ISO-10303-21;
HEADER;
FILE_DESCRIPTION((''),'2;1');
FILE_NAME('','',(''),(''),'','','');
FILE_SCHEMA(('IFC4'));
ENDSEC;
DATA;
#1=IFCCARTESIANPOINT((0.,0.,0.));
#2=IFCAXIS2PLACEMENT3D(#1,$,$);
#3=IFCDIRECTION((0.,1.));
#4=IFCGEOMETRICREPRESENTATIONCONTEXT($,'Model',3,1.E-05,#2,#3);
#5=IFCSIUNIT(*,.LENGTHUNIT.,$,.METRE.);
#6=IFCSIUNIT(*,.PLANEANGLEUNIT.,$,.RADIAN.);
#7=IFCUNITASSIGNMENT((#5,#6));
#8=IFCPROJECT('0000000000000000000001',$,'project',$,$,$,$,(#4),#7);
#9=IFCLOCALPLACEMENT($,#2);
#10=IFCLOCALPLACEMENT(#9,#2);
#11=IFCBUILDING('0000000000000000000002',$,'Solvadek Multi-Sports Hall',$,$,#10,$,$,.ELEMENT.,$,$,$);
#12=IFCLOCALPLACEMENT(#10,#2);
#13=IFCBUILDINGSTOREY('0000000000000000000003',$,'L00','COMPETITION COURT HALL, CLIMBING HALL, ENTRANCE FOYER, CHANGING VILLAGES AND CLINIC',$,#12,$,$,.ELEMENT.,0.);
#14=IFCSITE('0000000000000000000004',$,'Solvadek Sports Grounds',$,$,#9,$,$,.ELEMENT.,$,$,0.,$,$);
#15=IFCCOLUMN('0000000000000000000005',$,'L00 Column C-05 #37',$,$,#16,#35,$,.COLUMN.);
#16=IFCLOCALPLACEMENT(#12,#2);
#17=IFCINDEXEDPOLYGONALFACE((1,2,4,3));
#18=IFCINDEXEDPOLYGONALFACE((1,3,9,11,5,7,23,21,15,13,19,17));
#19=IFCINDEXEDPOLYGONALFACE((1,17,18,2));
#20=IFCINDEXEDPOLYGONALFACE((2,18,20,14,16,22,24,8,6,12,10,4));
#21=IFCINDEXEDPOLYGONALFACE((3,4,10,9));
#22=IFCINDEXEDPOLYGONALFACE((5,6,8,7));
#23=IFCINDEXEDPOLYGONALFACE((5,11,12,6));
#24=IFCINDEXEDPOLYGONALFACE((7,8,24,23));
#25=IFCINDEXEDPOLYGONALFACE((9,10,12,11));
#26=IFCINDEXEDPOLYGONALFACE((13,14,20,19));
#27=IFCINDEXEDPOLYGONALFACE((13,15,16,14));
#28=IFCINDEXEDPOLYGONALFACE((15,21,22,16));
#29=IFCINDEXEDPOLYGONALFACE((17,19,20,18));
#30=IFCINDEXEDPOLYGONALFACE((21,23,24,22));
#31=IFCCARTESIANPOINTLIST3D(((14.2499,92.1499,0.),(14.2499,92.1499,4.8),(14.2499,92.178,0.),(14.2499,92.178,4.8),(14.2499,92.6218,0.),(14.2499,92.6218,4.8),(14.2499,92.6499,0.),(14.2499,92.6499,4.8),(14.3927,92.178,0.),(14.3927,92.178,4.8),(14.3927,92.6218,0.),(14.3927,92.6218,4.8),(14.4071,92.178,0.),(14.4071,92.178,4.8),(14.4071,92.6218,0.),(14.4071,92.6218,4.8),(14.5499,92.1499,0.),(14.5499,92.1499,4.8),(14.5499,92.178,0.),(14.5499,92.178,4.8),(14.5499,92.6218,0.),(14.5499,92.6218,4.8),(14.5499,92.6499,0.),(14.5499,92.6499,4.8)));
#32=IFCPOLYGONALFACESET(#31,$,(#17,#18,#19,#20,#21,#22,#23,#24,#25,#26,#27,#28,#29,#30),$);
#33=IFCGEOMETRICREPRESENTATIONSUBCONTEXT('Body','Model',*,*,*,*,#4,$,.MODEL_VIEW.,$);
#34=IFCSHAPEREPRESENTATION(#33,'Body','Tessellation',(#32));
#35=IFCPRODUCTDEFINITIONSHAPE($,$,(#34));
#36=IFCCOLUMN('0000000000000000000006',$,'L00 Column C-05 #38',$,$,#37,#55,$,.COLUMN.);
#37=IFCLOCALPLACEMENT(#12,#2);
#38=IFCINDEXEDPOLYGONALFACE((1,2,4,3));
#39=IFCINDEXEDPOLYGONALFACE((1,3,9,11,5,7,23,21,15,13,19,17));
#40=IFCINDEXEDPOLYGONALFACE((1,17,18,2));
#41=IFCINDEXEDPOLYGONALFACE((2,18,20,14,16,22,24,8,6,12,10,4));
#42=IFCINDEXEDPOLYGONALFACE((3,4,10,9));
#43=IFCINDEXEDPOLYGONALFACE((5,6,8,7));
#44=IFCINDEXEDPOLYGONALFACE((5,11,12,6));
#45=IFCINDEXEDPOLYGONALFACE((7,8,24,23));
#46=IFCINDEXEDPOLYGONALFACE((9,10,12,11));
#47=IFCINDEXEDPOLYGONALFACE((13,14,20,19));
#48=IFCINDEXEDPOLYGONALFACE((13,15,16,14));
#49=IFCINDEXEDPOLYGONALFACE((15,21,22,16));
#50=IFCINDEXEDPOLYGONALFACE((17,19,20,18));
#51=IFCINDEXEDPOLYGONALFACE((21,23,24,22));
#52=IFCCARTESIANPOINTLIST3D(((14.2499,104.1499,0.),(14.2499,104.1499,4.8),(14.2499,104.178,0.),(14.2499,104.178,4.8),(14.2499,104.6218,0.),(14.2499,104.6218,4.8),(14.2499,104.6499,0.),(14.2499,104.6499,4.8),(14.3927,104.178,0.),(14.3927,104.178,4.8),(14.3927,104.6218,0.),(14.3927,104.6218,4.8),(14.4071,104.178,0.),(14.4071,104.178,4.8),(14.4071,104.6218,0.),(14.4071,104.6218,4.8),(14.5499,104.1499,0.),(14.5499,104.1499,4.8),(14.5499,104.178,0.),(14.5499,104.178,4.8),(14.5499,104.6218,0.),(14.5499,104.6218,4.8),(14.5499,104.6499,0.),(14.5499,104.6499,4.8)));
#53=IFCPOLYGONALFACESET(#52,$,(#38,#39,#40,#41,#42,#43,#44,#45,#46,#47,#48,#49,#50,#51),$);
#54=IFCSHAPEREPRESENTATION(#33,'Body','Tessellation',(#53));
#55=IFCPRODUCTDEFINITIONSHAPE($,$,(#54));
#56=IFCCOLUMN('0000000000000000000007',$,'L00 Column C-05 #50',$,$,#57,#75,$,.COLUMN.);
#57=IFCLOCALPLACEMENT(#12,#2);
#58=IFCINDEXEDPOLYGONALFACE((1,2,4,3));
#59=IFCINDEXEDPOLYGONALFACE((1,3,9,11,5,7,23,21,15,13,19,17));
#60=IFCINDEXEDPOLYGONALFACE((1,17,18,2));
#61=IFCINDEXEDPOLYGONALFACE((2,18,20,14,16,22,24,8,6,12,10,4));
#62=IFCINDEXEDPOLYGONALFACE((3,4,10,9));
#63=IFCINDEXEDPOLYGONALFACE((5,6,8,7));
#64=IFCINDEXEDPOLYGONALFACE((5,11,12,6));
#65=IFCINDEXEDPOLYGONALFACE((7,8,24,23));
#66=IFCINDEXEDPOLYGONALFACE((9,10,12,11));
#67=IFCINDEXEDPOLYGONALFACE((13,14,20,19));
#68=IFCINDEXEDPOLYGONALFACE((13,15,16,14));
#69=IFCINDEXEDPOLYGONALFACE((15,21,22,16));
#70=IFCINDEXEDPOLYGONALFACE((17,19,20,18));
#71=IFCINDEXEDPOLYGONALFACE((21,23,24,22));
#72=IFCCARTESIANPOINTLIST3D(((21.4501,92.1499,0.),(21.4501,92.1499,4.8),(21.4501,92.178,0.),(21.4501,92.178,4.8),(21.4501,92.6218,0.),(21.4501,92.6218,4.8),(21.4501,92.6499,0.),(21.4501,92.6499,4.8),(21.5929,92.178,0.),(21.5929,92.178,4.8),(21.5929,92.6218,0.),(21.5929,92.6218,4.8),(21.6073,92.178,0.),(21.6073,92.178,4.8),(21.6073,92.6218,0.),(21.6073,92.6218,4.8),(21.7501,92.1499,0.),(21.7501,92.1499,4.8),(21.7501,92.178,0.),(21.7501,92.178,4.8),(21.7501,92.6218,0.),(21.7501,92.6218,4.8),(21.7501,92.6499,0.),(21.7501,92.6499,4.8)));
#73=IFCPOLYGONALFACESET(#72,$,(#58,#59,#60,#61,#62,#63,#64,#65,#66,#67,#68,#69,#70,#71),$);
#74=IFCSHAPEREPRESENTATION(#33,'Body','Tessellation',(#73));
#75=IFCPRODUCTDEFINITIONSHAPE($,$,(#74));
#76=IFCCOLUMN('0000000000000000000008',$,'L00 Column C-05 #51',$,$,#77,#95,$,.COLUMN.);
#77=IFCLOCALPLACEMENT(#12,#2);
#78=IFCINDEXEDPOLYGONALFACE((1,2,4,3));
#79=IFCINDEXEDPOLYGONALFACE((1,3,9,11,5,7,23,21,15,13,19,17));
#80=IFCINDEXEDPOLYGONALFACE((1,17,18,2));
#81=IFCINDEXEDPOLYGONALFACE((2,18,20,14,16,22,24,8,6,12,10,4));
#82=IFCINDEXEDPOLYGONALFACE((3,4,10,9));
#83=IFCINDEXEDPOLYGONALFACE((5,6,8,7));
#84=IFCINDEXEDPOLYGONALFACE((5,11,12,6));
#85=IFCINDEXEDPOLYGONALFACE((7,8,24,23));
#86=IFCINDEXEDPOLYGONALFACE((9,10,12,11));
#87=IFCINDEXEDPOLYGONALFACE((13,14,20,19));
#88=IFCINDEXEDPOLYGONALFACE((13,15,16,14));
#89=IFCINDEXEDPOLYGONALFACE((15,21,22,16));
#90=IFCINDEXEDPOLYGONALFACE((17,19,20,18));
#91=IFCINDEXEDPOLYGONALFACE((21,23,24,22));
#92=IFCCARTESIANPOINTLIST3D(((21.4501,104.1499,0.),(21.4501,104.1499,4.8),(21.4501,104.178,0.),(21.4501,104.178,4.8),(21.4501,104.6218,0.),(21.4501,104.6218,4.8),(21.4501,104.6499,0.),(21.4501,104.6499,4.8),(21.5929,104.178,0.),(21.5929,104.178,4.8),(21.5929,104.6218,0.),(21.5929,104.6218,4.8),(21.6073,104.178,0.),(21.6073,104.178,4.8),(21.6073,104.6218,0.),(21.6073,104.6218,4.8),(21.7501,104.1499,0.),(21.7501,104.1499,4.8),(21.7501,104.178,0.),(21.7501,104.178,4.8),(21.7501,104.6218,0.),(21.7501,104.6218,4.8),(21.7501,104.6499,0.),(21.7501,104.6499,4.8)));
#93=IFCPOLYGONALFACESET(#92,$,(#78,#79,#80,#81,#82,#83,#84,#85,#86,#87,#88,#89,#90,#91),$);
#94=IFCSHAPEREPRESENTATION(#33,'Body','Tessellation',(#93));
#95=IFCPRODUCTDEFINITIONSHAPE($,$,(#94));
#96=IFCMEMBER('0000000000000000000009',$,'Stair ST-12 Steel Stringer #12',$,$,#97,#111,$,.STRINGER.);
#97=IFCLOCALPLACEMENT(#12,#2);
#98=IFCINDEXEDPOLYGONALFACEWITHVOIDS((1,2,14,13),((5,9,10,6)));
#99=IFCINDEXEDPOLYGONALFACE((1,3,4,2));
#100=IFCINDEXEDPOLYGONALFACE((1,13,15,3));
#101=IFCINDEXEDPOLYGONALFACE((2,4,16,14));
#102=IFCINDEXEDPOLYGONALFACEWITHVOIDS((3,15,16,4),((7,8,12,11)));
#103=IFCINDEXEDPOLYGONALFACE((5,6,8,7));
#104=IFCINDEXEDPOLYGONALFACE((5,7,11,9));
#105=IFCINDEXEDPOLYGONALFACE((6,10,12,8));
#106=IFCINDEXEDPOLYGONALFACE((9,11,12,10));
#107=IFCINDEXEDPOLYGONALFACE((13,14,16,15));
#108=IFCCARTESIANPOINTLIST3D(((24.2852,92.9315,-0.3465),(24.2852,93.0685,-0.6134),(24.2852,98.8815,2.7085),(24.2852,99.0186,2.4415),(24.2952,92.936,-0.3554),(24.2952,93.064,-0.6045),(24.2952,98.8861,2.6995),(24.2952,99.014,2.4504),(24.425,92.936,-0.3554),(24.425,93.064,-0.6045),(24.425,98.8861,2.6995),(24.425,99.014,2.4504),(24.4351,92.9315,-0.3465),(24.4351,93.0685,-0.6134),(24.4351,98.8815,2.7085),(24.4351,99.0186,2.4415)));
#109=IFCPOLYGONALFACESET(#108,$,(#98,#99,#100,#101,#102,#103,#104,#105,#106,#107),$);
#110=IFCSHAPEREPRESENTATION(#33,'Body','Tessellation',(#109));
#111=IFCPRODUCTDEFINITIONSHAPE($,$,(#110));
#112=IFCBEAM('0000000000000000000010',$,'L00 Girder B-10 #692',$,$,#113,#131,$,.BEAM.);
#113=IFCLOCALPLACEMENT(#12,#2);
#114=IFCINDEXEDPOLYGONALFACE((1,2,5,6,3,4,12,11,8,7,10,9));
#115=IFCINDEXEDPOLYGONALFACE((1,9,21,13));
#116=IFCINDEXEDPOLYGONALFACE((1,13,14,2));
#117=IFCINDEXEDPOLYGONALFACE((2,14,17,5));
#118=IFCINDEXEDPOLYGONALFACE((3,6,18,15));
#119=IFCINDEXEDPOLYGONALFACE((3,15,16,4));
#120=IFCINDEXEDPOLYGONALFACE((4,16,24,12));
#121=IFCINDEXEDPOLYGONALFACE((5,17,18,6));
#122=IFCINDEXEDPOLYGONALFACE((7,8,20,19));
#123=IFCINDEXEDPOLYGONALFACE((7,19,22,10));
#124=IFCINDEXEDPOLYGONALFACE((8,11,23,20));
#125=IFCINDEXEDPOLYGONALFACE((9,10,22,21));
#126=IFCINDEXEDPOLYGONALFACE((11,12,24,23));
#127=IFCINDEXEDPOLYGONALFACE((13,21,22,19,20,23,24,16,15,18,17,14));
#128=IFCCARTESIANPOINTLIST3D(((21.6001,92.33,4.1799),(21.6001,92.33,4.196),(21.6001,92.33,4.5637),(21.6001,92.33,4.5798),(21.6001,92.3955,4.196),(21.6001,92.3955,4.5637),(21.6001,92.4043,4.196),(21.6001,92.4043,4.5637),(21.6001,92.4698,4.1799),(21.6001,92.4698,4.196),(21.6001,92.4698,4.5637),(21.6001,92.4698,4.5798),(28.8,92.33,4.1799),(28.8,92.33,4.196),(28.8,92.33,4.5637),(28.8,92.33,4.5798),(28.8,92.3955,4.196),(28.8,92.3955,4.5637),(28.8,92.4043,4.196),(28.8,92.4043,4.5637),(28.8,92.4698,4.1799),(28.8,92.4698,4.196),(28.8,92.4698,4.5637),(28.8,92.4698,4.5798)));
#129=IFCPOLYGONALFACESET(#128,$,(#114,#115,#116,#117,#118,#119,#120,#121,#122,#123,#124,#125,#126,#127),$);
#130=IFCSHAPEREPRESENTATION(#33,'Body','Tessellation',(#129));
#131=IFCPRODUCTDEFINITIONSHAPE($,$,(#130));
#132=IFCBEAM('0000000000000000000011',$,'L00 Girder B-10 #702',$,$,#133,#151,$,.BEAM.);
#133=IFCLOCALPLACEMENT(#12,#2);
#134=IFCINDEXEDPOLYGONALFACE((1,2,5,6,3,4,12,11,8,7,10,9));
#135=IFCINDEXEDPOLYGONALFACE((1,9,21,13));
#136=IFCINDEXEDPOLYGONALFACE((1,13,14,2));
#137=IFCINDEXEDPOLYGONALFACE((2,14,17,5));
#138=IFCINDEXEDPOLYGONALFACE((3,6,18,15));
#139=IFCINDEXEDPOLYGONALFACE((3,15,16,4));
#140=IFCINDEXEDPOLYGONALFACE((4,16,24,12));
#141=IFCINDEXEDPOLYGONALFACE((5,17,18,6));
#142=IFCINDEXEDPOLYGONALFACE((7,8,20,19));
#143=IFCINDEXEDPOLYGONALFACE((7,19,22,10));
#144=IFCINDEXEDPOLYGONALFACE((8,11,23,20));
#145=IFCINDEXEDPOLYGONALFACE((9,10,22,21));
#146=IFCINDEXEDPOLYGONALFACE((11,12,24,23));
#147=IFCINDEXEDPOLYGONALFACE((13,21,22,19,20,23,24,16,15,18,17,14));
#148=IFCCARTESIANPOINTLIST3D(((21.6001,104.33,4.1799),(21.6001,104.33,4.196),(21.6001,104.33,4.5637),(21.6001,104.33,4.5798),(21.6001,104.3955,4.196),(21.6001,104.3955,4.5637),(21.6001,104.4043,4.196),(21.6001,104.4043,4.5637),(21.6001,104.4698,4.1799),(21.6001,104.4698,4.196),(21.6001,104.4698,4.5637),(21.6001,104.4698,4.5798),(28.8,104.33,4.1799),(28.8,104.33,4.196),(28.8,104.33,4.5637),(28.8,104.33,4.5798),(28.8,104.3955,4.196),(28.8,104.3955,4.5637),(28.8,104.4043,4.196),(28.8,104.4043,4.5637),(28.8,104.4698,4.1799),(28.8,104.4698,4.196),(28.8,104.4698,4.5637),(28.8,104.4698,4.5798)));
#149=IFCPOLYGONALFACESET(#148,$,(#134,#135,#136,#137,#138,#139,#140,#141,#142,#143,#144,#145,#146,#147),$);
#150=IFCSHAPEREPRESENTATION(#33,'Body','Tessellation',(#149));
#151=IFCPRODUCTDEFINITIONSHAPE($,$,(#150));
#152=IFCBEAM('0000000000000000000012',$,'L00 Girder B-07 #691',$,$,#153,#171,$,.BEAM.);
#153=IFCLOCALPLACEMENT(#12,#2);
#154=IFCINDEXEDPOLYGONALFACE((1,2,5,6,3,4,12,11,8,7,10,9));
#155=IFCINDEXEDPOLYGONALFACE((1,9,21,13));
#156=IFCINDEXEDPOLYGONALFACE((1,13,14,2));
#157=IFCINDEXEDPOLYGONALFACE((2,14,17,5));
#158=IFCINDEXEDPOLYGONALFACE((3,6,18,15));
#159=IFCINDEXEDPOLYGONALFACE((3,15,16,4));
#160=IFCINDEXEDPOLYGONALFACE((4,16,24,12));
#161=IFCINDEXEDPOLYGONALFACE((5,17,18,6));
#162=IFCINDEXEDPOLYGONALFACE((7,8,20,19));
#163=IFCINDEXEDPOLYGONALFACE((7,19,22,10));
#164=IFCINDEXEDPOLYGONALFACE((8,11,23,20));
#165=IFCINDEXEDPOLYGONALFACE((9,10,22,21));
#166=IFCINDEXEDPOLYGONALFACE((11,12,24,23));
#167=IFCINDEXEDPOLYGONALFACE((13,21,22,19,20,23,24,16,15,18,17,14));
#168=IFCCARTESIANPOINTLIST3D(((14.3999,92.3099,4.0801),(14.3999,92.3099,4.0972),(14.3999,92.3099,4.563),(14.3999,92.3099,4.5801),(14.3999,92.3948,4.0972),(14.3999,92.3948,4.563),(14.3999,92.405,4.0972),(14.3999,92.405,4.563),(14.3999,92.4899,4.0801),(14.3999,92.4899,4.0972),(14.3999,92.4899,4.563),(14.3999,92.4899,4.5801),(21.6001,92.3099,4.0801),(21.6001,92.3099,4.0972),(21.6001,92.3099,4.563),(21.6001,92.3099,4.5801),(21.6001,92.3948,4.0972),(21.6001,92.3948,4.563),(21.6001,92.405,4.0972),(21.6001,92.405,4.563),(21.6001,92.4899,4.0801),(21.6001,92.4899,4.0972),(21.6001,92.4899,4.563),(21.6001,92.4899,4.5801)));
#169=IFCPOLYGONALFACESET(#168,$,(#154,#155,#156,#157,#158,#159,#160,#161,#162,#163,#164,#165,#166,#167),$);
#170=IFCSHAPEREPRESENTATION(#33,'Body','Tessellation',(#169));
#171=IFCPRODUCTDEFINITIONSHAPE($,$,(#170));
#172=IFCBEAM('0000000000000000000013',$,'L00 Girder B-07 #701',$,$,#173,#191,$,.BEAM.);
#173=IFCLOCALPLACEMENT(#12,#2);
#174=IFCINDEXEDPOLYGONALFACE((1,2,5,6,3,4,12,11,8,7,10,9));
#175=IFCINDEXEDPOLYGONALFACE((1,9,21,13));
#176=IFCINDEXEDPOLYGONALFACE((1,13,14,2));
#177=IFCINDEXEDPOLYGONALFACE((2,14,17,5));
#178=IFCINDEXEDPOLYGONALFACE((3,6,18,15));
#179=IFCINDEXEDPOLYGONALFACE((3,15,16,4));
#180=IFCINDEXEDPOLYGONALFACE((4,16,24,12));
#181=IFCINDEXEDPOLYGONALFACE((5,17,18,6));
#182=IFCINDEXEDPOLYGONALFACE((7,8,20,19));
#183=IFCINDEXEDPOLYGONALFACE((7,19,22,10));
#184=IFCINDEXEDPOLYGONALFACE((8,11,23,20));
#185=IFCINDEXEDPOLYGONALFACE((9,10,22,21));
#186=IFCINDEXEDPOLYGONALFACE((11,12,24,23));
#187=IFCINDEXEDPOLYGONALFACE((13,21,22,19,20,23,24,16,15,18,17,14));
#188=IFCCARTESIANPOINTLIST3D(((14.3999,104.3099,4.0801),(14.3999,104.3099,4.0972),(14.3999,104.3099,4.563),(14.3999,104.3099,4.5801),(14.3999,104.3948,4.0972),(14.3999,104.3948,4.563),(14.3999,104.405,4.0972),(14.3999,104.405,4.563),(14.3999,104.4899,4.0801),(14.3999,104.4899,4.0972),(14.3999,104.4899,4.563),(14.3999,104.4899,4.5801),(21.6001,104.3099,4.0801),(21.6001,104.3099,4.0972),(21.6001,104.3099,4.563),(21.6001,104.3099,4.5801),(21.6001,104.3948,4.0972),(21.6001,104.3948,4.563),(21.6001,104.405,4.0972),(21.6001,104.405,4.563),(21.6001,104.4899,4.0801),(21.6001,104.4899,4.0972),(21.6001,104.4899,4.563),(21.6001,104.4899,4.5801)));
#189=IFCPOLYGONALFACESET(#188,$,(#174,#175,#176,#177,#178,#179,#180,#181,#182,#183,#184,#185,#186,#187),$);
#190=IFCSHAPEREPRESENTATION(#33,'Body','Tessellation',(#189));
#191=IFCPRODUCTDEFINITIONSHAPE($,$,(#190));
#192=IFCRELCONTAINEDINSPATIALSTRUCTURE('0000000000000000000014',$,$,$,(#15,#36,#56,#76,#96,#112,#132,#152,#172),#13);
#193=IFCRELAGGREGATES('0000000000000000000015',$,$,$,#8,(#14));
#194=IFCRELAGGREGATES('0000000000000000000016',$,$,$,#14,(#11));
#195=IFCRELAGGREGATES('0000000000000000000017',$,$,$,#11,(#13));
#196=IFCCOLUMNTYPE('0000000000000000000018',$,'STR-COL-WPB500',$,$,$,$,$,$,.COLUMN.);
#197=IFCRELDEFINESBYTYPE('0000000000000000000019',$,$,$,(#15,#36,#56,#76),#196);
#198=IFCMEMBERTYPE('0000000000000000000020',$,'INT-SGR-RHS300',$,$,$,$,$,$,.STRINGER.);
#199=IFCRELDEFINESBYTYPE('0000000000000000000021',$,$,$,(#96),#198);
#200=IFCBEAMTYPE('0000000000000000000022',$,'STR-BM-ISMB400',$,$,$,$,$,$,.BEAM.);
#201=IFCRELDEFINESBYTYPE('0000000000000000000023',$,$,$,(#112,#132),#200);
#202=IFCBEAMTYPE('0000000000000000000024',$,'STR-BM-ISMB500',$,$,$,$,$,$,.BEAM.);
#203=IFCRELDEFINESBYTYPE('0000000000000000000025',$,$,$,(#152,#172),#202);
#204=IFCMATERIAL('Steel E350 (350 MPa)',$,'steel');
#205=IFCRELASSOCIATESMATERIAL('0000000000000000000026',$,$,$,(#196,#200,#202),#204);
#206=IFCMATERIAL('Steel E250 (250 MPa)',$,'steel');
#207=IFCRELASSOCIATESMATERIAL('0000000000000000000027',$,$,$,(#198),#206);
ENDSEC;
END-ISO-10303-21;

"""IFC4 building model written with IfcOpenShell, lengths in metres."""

from ifc_helpers import new_model, si_unit, direction, frame, origin, origin_2d, place, context, subcontext, project, spatial, hollow_rectangle, i_section, extrude, material, material_profile, profile_set, type_object, element, save


model = new_model("IFC4")

# Units and contexts
model_context = context("Model", 3, precision=1e-05, world=origin(), true_north=direction((0.0, 1.0)))
body_context = subcontext(model_context, "Body", "Model", "MODEL_VIEW")
ifc_project = project(units=[si_unit("LENGTHUNIT", "METRE"), si_unit("PLANEANGLEUNIT", "RADIAN")], contexts=[model_context])

# Site, building, storey
site_placement = place(None, origin())
site = spatial("IfcSite", under=ifc_project, at=site_placement, Name="Solvadek Sports Grounds", CompositionType="ELEMENT", RefElevation=0.0)
building_placement = place(site_placement, origin())
building = spatial("IfcBuilding", under=site, at=building_placement, Name="Solvadek Multi-Sports Hall", CompositionType="ELEMENT")
storey_placement = place(building_placement, origin())
storey = spatial("IfcBuildingStorey", under=building, at=storey_placement, Name="L00", Description="COMPETITION COURT HALL, CLIMBING HALL, ENTRANCE FOYER, CHANGING VILLAGES AND CLINIC", CompositionType="ELEMENT", Elevation=0.0)

# Columns
ifc_material_1 = material(Name="Steel E350 (350 MPa)", Category="steel")
ifc_material_profile_1 = material_profile(ifc_material_1, i_section(OverallWidth=0.3, OverallDepth=0.5, WebThickness=0.0144, FlangeThickness=0.0281, at=origin_2d()), Name="WPB 500")
ifc_profile_set_1 = profile_set([ifc_material_profile_1], Name="Steel E350 (350 MPa)")
column_type = type_object("IfcColumnType", Name="STR-COL-WPB500", PredefinedType="COLUMN", material=ifc_profile_set_1)
for number, where, z_axis, x_axis, name in (
    (1, (14.3999, 92.3999, 0.0), (0.0, 0.0, 1.0), (1.0, 0.0, 0.0), "L00 Column C-05 #37"),
    (2, (14.3999, 104.3999, 0.0), (0.0, 0.0, 1.0), (1.0, 0.0, 0.0), "L00 Column C-05 #38"),
    (3, (21.6001, 92.3999, 0.0), (0.0, 0.0, 1.0), (1.0, 0.0, 0.0), "L00 Column C-05 #50"),
    (4, (21.6001, 104.3999, 0.0), (0.0, 0.0, 1.0), (1.0, 0.0, 0.0), "L00 Column C-05 #51"),
):
    element("IfcColumn", number, at=place(storey_placement, frame(where, z_axis=z_axis, x_axis=x_axis)), inside=storey, type_object=column_type, Name=name, PredefinedType="COLUMN", context=body_context, shape_type="SweptSolid", body=[
        extrude(i_section(OverallWidth=0.3, OverallDepth=0.5, WebThickness=0.0144, FlangeThickness=0.0281, at=origin_2d()), origin(), (0.0, 0.0, 1.0), 4.8),
    ])

# Member
ifc_material_2 = material(Name="Steel E250 (250 MPa)", Category="steel")
ifc_material_profile_2 = material_profile(ifc_material_2, hollow_rectangle(XDim=0.1499, YDim=0.3, WallThickness=0.01, at=origin_2d()), Name="RHS 300x150x10")
ifc_profile_set_2 = profile_set([ifc_material_profile_2], Name="Steel E250 (250 MPa)")
member_type = type_object("IfcMemberType", Name="INT-SGR-RHS300", PredefinedType="STRINGER", material=ifc_profile_set_2)
member_placement = place(storey_placement, frame((24.3601, 93.0, -0.48), z_axis=(0.0, 0.889594, 0.456752), x_axis=(-1.0, 0.0, 0.0)))
element("IfcMember", 5, at=member_placement, inside=storey, type_object=member_type, Name="Stair ST-12 Steel Stringer #12", PredefinedType="STRINGER", context=body_context, shape_type="SweptSolid", body=[
    extrude(hollow_rectangle(XDim=0.1499, YDim=0.3, WallThickness=0.01, at=origin_2d()), origin(), (0.0, 0.0, 1.0), 6.6885),
])

# Beams
ifc_material_profile_3 = material_profile(ifc_material_1, i_section(OverallWidth=0.1399, OverallDepth=0.3999, WebThickness=0.0088, FlangeThickness=0.0161, at=origin_2d()), Name="ISMB 400")
ifc_profile_set_3 = profile_set([ifc_material_profile_3], Name="Steel E350 (350 MPa)")
beam_type_1 = type_object("IfcBeamType", Name="STR-BM-ISMB400", PredefinedType="BEAM", material=ifc_profile_set_3)
for number, where, z_axis, x_axis, name in (
    (6, (21.6001, 92.3999, 4.3799), (1.0, 0.0, 0.0), (0.0, 1.0, 0.0), "L00 Girder B-10 #692"),
    (7, (21.6001, 104.3999, 4.3799), (1.0, 0.0, 0.0), (0.0, 1.0, 0.0), "L00 Girder B-10 #702"),
):
    element("IfcBeam", number, at=place(storey_placement, frame(where, z_axis=z_axis, x_axis=x_axis)), inside=storey, type_object=beam_type_1, Name=name, PredefinedType="BEAM", context=body_context, shape_type="SweptSolid", body=[
        extrude(i_section(OverallWidth=0.1399, OverallDepth=0.3999, WebThickness=0.0088, FlangeThickness=0.0161, at=origin_2d()), origin(), (0.0, 0.0, 1.0), 7.2),
    ])
ifc_material_profile_4 = material_profile(ifc_material_1, i_section(OverallWidth=0.1799, OverallDepth=0.5, WebThickness=0.0103, FlangeThickness=0.0171, at=origin_2d()), Name="ISMB 500")
ifc_profile_set_4 = profile_set([ifc_material_profile_4], Name="Steel E350 (350 MPa)")
beam_type_2 = type_object("IfcBeamType", Name="STR-BM-ISMB500", PredefinedType="BEAM", material=ifc_profile_set_4)
for number, where, z_axis, x_axis, name in (
    (8, (14.3999, 92.3999, 4.3301), (1.0, 0.0, 0.0), (0.0, 1.0, 0.0), "L00 Girder B-07 #691"),
    (9, (14.3999, 104.3999, 4.3301), (1.0, 0.0, 0.0), (0.0, 1.0, 0.0), "L00 Girder B-07 #701"),
):
    element("IfcBeam", number, at=place(storey_placement, frame(where, z_axis=z_axis, x_axis=x_axis)), inside=storey, type_object=beam_type_2, Name=name, PredefinedType="BEAM", context=body_context, shape_type="SweptSolid", body=[
        extrude(i_section(OverallWidth=0.1799, OverallDepth=0.5, WebThickness=0.0103, FlangeThickness=0.0171, at=origin_2d()), origin(), (0.0, 0.0, 1.0), 7.2002),
    ])

save(model, "model.ifc")
